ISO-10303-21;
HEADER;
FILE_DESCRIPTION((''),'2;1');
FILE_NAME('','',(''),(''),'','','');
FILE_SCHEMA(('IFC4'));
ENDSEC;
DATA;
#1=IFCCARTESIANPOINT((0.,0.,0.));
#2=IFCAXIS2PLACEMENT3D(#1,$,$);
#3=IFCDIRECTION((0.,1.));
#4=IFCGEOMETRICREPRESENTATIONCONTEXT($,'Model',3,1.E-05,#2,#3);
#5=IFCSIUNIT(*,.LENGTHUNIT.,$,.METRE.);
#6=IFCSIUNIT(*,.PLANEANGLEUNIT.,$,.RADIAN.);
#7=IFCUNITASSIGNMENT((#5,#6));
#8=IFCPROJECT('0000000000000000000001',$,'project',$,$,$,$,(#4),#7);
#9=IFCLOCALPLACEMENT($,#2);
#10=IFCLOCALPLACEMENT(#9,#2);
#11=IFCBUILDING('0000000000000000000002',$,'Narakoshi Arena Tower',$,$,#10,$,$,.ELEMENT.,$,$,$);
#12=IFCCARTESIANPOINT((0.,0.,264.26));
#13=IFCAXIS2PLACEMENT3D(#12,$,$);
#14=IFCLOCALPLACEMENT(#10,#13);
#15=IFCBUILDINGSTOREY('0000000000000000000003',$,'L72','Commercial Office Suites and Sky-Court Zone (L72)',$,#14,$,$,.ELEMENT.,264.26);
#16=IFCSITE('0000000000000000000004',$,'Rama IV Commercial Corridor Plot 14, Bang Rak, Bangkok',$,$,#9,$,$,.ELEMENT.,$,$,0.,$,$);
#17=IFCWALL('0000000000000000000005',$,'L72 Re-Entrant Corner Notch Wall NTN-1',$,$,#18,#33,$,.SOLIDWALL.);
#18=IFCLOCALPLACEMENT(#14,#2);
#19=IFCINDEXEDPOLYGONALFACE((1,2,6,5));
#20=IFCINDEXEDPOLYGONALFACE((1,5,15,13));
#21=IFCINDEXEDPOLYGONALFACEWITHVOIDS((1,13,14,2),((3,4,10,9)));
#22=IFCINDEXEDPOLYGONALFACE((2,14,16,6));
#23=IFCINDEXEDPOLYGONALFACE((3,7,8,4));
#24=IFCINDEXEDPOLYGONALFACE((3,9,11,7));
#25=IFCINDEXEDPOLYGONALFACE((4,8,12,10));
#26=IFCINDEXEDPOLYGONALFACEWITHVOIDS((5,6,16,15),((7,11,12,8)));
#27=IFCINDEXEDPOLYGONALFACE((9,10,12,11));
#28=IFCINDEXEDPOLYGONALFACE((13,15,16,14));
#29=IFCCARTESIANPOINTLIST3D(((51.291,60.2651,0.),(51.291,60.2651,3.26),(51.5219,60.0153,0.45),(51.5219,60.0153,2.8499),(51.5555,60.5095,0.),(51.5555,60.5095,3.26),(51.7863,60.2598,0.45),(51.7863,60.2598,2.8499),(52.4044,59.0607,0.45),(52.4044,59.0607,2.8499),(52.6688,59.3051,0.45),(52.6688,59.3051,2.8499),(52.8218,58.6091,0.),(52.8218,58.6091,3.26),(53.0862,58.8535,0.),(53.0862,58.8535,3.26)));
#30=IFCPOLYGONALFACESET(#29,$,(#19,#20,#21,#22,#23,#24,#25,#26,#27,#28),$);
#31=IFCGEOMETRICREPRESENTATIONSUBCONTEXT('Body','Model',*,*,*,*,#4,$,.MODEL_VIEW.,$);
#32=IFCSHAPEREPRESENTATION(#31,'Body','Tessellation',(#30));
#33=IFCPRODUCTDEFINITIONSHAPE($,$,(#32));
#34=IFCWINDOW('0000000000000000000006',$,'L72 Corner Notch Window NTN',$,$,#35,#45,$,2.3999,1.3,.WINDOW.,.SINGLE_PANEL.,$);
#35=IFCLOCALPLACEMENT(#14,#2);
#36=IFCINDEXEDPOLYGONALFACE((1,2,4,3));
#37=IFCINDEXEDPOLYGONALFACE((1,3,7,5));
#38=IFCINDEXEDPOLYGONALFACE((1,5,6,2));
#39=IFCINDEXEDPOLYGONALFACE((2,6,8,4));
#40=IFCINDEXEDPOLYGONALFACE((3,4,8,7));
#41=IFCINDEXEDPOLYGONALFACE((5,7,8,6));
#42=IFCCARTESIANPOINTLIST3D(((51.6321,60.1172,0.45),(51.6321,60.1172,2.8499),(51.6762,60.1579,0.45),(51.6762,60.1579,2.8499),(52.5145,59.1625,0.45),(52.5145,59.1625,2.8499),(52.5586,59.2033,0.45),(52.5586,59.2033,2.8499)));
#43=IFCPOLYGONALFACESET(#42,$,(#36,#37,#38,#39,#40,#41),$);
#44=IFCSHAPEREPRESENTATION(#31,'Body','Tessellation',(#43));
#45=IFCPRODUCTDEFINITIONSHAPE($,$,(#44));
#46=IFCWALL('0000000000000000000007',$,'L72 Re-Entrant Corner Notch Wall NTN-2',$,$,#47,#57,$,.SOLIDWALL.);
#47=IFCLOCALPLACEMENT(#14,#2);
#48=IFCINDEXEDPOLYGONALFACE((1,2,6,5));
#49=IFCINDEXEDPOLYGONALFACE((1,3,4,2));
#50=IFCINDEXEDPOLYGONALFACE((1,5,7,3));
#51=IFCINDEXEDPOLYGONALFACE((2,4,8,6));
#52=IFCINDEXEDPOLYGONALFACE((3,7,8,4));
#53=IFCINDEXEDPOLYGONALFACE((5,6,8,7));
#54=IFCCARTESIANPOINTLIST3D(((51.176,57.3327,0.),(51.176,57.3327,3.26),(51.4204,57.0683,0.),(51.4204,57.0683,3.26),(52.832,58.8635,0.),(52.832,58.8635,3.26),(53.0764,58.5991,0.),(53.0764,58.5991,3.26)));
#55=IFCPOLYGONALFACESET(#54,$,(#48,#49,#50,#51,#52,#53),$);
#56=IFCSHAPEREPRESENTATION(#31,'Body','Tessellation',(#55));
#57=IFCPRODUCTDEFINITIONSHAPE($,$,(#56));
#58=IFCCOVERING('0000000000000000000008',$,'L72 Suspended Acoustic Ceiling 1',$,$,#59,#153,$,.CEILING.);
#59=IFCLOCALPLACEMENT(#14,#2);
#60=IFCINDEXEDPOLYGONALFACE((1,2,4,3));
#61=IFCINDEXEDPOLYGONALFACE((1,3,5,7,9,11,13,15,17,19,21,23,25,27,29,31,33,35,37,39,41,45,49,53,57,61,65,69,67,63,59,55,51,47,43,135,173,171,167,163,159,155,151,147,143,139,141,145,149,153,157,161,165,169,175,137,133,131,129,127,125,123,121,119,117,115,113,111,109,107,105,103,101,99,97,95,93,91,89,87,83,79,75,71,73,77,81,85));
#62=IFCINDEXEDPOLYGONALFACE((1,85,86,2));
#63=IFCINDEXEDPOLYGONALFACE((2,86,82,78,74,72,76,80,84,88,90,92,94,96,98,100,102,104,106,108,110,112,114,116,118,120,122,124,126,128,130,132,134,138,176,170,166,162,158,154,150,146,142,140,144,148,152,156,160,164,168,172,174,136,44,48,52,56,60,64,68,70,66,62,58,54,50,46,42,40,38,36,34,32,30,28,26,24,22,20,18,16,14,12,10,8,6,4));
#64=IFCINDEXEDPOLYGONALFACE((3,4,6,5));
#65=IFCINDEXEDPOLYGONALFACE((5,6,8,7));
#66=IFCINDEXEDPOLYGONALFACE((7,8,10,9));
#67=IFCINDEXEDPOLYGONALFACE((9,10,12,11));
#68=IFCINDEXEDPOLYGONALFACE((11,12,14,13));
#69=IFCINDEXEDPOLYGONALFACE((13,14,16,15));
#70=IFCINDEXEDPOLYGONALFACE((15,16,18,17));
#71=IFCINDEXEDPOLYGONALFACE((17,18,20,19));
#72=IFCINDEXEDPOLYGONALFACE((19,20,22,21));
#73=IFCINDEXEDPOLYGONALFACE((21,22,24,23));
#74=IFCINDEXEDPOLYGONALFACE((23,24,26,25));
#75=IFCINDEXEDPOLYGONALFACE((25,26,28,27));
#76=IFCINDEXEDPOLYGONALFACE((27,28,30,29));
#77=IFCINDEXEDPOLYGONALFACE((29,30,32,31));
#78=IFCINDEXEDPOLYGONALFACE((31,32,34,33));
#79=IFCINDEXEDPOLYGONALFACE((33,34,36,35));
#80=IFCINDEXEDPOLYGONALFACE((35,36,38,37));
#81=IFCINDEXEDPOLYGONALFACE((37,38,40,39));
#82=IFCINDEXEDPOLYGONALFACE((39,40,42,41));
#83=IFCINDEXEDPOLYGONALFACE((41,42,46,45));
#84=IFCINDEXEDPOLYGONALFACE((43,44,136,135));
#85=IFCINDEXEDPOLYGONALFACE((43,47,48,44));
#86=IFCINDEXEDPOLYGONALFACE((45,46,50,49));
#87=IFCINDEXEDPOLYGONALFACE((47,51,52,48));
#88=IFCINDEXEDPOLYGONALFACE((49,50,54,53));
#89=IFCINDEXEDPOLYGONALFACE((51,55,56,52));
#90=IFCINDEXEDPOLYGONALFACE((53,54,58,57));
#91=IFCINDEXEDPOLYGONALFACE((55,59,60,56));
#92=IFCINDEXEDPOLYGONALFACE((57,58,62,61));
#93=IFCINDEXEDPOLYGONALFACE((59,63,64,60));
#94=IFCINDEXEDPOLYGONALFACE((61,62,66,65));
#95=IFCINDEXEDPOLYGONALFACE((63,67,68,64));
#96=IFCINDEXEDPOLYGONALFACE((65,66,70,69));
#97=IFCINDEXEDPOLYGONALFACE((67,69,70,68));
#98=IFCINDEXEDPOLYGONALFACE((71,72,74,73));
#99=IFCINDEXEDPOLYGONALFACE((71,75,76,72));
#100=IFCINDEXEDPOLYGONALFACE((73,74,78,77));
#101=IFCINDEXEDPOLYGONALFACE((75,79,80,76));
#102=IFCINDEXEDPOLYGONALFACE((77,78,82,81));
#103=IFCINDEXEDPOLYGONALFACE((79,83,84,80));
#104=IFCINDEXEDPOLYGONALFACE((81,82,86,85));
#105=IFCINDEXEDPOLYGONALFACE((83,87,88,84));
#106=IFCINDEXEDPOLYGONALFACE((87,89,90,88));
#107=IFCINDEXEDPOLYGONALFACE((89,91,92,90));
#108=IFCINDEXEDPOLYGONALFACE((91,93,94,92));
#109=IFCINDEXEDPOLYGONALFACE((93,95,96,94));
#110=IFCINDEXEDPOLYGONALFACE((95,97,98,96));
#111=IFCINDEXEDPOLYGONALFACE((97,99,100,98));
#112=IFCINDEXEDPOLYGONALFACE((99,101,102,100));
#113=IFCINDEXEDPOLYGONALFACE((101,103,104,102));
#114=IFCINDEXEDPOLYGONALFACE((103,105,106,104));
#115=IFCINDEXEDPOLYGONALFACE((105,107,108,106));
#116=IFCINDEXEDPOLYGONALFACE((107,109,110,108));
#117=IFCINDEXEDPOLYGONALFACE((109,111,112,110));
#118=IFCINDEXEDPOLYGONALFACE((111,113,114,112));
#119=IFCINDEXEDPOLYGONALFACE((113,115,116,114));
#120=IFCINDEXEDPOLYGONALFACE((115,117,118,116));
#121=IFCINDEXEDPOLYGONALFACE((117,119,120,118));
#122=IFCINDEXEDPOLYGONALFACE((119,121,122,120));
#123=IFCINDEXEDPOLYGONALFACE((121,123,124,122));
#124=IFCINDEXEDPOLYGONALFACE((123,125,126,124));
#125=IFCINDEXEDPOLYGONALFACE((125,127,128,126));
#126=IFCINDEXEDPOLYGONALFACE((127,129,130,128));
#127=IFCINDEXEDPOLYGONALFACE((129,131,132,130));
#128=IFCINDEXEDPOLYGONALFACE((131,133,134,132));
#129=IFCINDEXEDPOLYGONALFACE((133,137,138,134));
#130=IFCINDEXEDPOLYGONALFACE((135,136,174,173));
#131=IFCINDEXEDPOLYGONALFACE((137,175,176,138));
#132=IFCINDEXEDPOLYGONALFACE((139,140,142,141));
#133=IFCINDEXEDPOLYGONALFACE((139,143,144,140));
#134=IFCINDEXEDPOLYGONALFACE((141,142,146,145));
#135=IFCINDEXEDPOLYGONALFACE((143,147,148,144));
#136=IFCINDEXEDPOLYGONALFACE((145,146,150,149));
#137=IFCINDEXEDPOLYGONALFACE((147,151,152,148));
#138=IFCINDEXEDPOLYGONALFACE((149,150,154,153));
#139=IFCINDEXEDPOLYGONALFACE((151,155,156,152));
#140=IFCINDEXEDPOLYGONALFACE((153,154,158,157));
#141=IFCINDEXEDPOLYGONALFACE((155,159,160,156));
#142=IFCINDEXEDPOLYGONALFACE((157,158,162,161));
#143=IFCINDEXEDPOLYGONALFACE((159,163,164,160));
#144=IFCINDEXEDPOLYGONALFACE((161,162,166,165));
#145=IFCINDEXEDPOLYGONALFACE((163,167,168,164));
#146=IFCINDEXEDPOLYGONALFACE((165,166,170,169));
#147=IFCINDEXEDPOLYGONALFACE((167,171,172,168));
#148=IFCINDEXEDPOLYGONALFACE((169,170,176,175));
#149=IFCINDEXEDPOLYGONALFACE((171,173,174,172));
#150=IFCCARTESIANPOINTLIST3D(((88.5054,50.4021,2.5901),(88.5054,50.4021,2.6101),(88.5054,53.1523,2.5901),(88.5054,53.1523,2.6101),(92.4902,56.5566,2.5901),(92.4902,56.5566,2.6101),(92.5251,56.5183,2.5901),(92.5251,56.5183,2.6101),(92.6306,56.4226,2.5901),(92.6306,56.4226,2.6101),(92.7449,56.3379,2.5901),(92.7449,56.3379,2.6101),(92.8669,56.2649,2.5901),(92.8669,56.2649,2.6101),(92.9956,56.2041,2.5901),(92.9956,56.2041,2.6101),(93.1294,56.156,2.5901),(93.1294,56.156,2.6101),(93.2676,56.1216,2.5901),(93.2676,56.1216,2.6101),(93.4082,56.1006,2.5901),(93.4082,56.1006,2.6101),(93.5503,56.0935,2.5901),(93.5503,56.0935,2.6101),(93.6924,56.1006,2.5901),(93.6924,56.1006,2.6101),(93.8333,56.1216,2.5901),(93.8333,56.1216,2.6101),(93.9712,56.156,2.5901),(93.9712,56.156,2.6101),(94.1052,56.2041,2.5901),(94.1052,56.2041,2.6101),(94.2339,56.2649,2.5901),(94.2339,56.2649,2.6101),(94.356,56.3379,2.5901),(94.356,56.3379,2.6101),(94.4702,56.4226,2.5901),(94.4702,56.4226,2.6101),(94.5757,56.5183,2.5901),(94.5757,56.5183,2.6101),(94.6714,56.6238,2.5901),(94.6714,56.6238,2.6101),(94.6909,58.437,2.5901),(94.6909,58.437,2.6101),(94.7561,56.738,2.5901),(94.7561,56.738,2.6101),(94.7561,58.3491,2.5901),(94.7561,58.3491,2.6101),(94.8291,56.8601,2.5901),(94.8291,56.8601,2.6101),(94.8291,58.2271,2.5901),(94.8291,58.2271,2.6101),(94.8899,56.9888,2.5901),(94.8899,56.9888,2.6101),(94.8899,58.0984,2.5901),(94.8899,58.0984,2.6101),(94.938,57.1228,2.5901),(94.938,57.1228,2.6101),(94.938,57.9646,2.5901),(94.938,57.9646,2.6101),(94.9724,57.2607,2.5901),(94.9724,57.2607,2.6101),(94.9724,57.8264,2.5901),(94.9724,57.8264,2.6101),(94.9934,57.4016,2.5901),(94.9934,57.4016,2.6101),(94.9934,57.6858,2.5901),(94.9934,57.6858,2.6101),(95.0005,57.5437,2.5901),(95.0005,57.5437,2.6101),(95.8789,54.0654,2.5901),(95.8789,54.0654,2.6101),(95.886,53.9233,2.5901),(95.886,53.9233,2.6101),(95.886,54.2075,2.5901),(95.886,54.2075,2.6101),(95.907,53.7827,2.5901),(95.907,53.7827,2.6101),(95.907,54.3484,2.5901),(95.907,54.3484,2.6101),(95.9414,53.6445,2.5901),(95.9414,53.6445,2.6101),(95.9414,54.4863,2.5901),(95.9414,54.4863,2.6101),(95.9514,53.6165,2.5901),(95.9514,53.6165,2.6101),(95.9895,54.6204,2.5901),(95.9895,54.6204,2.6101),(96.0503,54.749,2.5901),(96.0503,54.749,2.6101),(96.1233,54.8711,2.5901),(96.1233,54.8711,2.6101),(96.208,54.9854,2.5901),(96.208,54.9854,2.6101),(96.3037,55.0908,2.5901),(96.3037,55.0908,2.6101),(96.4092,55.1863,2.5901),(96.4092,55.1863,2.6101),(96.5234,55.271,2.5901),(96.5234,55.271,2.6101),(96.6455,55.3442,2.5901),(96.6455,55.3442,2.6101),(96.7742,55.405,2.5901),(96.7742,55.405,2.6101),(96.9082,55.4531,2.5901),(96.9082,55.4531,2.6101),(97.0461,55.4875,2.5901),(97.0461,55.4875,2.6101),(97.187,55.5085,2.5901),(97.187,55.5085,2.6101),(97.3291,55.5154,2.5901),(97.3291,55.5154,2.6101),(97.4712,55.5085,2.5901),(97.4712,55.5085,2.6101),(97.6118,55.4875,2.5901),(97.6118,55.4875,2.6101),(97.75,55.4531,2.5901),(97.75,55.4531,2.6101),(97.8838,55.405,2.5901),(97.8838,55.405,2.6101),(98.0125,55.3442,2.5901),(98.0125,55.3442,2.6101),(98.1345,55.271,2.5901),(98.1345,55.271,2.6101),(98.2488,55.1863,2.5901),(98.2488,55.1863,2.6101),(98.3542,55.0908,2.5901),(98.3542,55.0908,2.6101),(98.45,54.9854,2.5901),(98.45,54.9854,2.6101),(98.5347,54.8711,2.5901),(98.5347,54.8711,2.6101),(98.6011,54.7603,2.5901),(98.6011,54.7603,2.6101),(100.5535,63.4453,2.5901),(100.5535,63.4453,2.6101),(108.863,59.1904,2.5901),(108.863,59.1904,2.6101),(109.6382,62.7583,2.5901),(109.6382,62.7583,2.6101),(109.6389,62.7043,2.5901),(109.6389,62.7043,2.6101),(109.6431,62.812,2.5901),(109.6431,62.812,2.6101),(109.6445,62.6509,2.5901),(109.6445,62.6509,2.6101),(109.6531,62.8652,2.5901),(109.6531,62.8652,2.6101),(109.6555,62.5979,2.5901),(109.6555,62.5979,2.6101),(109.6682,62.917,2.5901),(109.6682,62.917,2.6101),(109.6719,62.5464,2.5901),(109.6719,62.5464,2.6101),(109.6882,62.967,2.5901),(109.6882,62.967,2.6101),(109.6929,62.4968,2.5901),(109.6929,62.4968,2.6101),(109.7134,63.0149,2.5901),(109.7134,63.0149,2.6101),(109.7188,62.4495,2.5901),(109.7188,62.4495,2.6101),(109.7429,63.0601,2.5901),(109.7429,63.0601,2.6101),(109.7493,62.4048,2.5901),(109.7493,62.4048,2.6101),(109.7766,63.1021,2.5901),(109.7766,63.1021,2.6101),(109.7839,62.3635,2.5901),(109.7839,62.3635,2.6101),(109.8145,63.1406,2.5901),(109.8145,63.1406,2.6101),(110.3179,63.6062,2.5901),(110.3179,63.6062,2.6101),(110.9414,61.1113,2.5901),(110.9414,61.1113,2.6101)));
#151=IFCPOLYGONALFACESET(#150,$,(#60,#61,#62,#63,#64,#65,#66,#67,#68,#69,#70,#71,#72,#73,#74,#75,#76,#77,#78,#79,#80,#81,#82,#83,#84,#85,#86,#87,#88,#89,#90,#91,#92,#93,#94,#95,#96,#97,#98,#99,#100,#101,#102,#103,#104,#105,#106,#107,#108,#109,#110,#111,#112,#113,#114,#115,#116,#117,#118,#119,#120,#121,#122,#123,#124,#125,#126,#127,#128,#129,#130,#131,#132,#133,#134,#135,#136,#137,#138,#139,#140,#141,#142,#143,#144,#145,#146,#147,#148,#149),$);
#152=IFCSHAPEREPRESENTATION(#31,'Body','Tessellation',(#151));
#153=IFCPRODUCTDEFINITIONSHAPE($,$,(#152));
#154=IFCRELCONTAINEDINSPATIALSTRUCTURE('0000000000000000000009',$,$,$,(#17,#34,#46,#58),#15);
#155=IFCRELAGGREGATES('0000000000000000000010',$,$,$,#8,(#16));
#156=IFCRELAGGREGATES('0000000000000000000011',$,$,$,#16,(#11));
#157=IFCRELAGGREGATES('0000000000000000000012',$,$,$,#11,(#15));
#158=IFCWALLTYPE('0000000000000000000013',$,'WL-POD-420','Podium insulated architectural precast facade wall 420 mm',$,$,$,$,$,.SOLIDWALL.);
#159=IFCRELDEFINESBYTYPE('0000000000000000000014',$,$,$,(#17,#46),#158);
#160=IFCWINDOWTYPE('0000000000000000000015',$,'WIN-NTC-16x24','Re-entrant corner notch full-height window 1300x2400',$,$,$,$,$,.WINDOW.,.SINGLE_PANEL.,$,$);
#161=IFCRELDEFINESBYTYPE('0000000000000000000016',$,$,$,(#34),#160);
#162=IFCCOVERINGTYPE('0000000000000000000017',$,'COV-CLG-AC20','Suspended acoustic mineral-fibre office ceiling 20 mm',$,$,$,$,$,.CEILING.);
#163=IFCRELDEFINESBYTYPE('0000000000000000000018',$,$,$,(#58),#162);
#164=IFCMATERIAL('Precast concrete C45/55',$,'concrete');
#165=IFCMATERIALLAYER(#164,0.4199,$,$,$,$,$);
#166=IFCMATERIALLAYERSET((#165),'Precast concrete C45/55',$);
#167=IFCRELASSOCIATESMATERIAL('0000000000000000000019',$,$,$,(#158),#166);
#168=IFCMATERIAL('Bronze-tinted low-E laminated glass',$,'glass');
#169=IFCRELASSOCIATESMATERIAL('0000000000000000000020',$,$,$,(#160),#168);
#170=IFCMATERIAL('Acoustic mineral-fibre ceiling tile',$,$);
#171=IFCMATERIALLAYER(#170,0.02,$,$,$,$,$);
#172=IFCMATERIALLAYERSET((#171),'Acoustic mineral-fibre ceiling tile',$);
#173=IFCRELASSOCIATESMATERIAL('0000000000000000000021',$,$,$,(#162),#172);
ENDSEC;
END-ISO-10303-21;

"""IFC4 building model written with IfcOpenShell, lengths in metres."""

from ifc_helpers import new_model, si_unit, direction, frame, frame_2d, origin, place, context, subcontext, project, spatial, polyline, rectangle, outline, extrude, material, layer, layer_set, type_object, element, fill, save


model = new_model("IFC4")

# Units and contexts
model_context = context("Model", 3, precision=1e-05, world=origin(), true_north=direction((0.0, 1.0)))
body_context = subcontext(model_context, "Body", "Model", "MODEL_VIEW")
ifc_project = project(units=[si_unit("LENGTHUNIT", "METRE"), si_unit("PLANEANGLEUNIT", "RADIAN")], contexts=[model_context])

# Site, building, storey
site_placement = place(None, origin())
site = spatial("IfcSite", under=ifc_project, at=site_placement, Name="Rama IV Commercial Corridor Plot 14, Bang Rak, Bangkok", CompositionType="ELEMENT", RefElevation=0.0)
building_placement = place(site_placement, origin())
building = spatial("IfcBuilding", under=site, at=building_placement, Name="Narakoshi Arena Tower", CompositionType="ELEMENT")
storey_placement = place(building_placement, frame((0.0, 0.0, 264.26)))
storey = spatial("IfcBuildingStorey", under=building, at=storey_placement, Name="L72", Description="Commercial Office Suites and Sky-Court Zone (L72)", CompositionType="ELEMENT", Elevation=264.26)

# Shared definitions
ifc_material_1 = material(Name="Bronze-tinted low-E laminated glass", Category="glass")

# Shared definitions
ifc_material_2 = material(Name="Precast concrete C45/55", Category="concrete")

# Wall, opening, window
ifc_layer_1 = layer(ifc_material_2, 0.4199)
ifc_layer_set_1 = layer_set([ifc_layer_1], Name="Precast concrete C45/55")
wall_type_1 = type_object("IfcWallType", Name="WL-POD-420", Description="Podium insulated architectural precast facade wall 420 mm", PredefinedType="SOLIDWALL", material=ifc_layer_set_1)
wall_1_placement = place(storey_placement, frame((51.4233, 60.3872, 0.0), z_axis=(0.0, 0.0, 1.0), x_axis=(0.678793, -0.73433, 0.0)))
wall_1 = element("IfcWall", 1, at=wall_1_placement, inside=storey, type_object=wall_type_1, Name="L72 Re-Entrant Corner Notch Wall NTN-1", PredefinedType="SOLIDWALL", context=body_context, shape_type="SweptSolid", body=[
    extrude(rectangle(XDim=2.2551, YDim=0.3601, at=frame_2d((1.1274, 0.0))), origin(), (0.0, 0.0, 1.0), 3.26),
])
opening_1_placement = place(wall_1_placement, frame((0.3401, 0.0, 0.45)))
opening_1 = element("IfcOpeningElement", 2, at=opening_1_placement, cuts=wall_1, PredefinedType="OPENING", context=body_context, shape_type="SweptSolid", body=[
    extrude(rectangle(XDim=1.3, YDim=2.3999, at=frame_2d((0.6499, 1.2))), frame((0.0, 0.1899, 0.0), z_axis=(0.0, -1.0, 0.0), x_axis=(1.0, 0.0, 0.0)), (0.0, 0.0, 1.0), 0.3801),
])
window_type_1 = type_object("IfcWindowType", Name="WIN-NTC-16x24", Description="Re-entrant corner notch full-height window 1300x2400", PartitioningType="SINGLE_PANEL", PredefinedType="WINDOW", material=ifc_material_1)
window_1_placement = place(opening_1_placement, origin())
window_1 = element("IfcWindow", 3, at=window_1_placement, inside=storey, type_object=window_type_1, Name="L72 Corner Notch Window NTN", OverallHeight=2.3999, OverallWidth=1.3, PartitioningType="SINGLE_PANEL", PredefinedType="WINDOW", context=body_context, shape_type="SweptSolid", body=[
    extrude(rectangle(XDim=1.3, YDim=2.3999, at=frame_2d((0.6499, 1.2))), frame((0.0, 0.03, 0.0), z_axis=(0.0, -1.0, 0.0), x_axis=(1.0, 0.0, 0.0)), (0.0, 0.0, 1.0), 0.0601),
])
fill(opening_1, window_1)

# Wall
wall_2_placement = place(storey_placement, frame((52.9541, 58.7312, 0.0), z_axis=(0.0, 0.0, 1.0), x_axis=(-0.73433, -0.678793, 0.0)))
element("IfcWall", 4, at=wall_2_placement, inside=storey, type_object=wall_type_1, Name="L72 Re-Entrant Corner Notch Wall NTN-2", PredefinedType="SOLIDWALL", context=body_context, shape_type="SweptSolid", body=[
    extrude(rectangle(XDim=2.2551, YDim=0.3601, at=frame_2d((1.1274, 0.0))), origin(), (0.0, 0.0, 1.0), 3.26),
])

# Covering
ifc_material_3 = material(Name="Acoustic mineral-fibre ceiling tile")
ifc_layer_2 = layer(ifc_material_3, 0.02)
ifc_layer_set_2 = layer_set([ifc_layer_2], Name="Acoustic mineral-fibre ceiling tile")
covering_type_1 = type_object("IfcCoveringType", Name="COV-CLG-AC20", Description="Suspended acoustic mineral-fibre office ceiling 20 mm", PredefinedType="CEILING", material=ifc_layer_set_2)
covering_1_placement = place(storey_placement, frame((0.0, 0.0, 2.5901)))
element("IfcCovering", 5, at=covering_1_placement, inside=storey, type_object=covering_type_1, Name="L72 Suspended Acoustic Ceiling 1", PredefinedType="CEILING", context=body_context, shape_type="SweptSolid", body=[
    extrude(outline(polyline([(109.7766, 63.1021), (109.7429, 63.0601), (109.7134, 63.0149), (109.6882, 62.967), (109.6682, 62.917), (109.6531, 62.8652), (109.6431, 62.812), (109.6382, 62.7583), (109.6389, 62.7043), (109.6445, 62.6509), (109.6555, 62.5979), (109.6719, 62.5464), (109.6929, 62.4968), (109.7188, 62.4495), (109.7493, 62.4048), (109.7839, 62.3635), (110.9414, 61.1113), (108.863, 59.1904), (98.6011, 54.7603), (98.5347, 54.8711), (98.45, 54.9854), (98.3542, 55.0908), (98.2488, 55.1863), (98.1345, 55.271), (98.0125, 55.3442), (97.8838, 55.405), (97.75, 55.4531), (97.6118, 55.4875), (97.4712, 55.5085), (97.3291, 55.5154), (97.187, 55.5085), (97.0461, 55.4875), (96.9082, 55.4531), (96.7742, 55.405), (96.6455, 55.3442), (96.5234, 55.271), (96.4092, 55.1863), (96.3037, 55.0908), (96.208, 54.9854), (96.1233, 54.8711), (96.0503, 54.749), (95.9895, 54.6204), (95.9414, 54.4863), (95.907, 54.3484), (95.886, 54.2075), (95.8789, 54.0654), (95.886, 53.9233), (95.907, 53.7827), (95.9414, 53.6445), (95.9514, 53.6165), (88.5054, 50.4021), (88.5054, 53.1523), (92.4902, 56.5566), (92.5251, 56.5183), (92.6306, 56.4226), (92.7449, 56.3379), (92.8669, 56.2649), (92.9956, 56.2041), (93.1294, 56.156), (93.2676, 56.1216), (93.4082, 56.1006), (93.5503, 56.0935), (93.6924, 56.1006), (93.8333, 56.1216), (93.9712, 56.156), (94.1052, 56.2041), (94.2339, 56.2649), (94.356, 56.3379), (94.4702, 56.4226), (94.5757, 56.5183), (94.6714, 56.6238), (94.7561, 56.738), (94.8291, 56.8601), (94.8899, 56.9888), (94.938, 57.1228), (94.9724, 57.2607), (94.9934, 57.4016), (95.0005, 57.5437), (94.9934, 57.6858), (94.9724, 57.8264), (94.938, 57.9646), (94.8899, 58.0984), (94.8291, 58.2271), (94.7561, 58.3491), (94.6909, 58.437), (100.5535, 63.4453), (110.3179, 63.6062), (109.8145, 63.1406), (109.7766, 63.1021)])), origin(), (0.0, 0.0, 1.0), 0.02),
])

save(model, "model.ifc")
